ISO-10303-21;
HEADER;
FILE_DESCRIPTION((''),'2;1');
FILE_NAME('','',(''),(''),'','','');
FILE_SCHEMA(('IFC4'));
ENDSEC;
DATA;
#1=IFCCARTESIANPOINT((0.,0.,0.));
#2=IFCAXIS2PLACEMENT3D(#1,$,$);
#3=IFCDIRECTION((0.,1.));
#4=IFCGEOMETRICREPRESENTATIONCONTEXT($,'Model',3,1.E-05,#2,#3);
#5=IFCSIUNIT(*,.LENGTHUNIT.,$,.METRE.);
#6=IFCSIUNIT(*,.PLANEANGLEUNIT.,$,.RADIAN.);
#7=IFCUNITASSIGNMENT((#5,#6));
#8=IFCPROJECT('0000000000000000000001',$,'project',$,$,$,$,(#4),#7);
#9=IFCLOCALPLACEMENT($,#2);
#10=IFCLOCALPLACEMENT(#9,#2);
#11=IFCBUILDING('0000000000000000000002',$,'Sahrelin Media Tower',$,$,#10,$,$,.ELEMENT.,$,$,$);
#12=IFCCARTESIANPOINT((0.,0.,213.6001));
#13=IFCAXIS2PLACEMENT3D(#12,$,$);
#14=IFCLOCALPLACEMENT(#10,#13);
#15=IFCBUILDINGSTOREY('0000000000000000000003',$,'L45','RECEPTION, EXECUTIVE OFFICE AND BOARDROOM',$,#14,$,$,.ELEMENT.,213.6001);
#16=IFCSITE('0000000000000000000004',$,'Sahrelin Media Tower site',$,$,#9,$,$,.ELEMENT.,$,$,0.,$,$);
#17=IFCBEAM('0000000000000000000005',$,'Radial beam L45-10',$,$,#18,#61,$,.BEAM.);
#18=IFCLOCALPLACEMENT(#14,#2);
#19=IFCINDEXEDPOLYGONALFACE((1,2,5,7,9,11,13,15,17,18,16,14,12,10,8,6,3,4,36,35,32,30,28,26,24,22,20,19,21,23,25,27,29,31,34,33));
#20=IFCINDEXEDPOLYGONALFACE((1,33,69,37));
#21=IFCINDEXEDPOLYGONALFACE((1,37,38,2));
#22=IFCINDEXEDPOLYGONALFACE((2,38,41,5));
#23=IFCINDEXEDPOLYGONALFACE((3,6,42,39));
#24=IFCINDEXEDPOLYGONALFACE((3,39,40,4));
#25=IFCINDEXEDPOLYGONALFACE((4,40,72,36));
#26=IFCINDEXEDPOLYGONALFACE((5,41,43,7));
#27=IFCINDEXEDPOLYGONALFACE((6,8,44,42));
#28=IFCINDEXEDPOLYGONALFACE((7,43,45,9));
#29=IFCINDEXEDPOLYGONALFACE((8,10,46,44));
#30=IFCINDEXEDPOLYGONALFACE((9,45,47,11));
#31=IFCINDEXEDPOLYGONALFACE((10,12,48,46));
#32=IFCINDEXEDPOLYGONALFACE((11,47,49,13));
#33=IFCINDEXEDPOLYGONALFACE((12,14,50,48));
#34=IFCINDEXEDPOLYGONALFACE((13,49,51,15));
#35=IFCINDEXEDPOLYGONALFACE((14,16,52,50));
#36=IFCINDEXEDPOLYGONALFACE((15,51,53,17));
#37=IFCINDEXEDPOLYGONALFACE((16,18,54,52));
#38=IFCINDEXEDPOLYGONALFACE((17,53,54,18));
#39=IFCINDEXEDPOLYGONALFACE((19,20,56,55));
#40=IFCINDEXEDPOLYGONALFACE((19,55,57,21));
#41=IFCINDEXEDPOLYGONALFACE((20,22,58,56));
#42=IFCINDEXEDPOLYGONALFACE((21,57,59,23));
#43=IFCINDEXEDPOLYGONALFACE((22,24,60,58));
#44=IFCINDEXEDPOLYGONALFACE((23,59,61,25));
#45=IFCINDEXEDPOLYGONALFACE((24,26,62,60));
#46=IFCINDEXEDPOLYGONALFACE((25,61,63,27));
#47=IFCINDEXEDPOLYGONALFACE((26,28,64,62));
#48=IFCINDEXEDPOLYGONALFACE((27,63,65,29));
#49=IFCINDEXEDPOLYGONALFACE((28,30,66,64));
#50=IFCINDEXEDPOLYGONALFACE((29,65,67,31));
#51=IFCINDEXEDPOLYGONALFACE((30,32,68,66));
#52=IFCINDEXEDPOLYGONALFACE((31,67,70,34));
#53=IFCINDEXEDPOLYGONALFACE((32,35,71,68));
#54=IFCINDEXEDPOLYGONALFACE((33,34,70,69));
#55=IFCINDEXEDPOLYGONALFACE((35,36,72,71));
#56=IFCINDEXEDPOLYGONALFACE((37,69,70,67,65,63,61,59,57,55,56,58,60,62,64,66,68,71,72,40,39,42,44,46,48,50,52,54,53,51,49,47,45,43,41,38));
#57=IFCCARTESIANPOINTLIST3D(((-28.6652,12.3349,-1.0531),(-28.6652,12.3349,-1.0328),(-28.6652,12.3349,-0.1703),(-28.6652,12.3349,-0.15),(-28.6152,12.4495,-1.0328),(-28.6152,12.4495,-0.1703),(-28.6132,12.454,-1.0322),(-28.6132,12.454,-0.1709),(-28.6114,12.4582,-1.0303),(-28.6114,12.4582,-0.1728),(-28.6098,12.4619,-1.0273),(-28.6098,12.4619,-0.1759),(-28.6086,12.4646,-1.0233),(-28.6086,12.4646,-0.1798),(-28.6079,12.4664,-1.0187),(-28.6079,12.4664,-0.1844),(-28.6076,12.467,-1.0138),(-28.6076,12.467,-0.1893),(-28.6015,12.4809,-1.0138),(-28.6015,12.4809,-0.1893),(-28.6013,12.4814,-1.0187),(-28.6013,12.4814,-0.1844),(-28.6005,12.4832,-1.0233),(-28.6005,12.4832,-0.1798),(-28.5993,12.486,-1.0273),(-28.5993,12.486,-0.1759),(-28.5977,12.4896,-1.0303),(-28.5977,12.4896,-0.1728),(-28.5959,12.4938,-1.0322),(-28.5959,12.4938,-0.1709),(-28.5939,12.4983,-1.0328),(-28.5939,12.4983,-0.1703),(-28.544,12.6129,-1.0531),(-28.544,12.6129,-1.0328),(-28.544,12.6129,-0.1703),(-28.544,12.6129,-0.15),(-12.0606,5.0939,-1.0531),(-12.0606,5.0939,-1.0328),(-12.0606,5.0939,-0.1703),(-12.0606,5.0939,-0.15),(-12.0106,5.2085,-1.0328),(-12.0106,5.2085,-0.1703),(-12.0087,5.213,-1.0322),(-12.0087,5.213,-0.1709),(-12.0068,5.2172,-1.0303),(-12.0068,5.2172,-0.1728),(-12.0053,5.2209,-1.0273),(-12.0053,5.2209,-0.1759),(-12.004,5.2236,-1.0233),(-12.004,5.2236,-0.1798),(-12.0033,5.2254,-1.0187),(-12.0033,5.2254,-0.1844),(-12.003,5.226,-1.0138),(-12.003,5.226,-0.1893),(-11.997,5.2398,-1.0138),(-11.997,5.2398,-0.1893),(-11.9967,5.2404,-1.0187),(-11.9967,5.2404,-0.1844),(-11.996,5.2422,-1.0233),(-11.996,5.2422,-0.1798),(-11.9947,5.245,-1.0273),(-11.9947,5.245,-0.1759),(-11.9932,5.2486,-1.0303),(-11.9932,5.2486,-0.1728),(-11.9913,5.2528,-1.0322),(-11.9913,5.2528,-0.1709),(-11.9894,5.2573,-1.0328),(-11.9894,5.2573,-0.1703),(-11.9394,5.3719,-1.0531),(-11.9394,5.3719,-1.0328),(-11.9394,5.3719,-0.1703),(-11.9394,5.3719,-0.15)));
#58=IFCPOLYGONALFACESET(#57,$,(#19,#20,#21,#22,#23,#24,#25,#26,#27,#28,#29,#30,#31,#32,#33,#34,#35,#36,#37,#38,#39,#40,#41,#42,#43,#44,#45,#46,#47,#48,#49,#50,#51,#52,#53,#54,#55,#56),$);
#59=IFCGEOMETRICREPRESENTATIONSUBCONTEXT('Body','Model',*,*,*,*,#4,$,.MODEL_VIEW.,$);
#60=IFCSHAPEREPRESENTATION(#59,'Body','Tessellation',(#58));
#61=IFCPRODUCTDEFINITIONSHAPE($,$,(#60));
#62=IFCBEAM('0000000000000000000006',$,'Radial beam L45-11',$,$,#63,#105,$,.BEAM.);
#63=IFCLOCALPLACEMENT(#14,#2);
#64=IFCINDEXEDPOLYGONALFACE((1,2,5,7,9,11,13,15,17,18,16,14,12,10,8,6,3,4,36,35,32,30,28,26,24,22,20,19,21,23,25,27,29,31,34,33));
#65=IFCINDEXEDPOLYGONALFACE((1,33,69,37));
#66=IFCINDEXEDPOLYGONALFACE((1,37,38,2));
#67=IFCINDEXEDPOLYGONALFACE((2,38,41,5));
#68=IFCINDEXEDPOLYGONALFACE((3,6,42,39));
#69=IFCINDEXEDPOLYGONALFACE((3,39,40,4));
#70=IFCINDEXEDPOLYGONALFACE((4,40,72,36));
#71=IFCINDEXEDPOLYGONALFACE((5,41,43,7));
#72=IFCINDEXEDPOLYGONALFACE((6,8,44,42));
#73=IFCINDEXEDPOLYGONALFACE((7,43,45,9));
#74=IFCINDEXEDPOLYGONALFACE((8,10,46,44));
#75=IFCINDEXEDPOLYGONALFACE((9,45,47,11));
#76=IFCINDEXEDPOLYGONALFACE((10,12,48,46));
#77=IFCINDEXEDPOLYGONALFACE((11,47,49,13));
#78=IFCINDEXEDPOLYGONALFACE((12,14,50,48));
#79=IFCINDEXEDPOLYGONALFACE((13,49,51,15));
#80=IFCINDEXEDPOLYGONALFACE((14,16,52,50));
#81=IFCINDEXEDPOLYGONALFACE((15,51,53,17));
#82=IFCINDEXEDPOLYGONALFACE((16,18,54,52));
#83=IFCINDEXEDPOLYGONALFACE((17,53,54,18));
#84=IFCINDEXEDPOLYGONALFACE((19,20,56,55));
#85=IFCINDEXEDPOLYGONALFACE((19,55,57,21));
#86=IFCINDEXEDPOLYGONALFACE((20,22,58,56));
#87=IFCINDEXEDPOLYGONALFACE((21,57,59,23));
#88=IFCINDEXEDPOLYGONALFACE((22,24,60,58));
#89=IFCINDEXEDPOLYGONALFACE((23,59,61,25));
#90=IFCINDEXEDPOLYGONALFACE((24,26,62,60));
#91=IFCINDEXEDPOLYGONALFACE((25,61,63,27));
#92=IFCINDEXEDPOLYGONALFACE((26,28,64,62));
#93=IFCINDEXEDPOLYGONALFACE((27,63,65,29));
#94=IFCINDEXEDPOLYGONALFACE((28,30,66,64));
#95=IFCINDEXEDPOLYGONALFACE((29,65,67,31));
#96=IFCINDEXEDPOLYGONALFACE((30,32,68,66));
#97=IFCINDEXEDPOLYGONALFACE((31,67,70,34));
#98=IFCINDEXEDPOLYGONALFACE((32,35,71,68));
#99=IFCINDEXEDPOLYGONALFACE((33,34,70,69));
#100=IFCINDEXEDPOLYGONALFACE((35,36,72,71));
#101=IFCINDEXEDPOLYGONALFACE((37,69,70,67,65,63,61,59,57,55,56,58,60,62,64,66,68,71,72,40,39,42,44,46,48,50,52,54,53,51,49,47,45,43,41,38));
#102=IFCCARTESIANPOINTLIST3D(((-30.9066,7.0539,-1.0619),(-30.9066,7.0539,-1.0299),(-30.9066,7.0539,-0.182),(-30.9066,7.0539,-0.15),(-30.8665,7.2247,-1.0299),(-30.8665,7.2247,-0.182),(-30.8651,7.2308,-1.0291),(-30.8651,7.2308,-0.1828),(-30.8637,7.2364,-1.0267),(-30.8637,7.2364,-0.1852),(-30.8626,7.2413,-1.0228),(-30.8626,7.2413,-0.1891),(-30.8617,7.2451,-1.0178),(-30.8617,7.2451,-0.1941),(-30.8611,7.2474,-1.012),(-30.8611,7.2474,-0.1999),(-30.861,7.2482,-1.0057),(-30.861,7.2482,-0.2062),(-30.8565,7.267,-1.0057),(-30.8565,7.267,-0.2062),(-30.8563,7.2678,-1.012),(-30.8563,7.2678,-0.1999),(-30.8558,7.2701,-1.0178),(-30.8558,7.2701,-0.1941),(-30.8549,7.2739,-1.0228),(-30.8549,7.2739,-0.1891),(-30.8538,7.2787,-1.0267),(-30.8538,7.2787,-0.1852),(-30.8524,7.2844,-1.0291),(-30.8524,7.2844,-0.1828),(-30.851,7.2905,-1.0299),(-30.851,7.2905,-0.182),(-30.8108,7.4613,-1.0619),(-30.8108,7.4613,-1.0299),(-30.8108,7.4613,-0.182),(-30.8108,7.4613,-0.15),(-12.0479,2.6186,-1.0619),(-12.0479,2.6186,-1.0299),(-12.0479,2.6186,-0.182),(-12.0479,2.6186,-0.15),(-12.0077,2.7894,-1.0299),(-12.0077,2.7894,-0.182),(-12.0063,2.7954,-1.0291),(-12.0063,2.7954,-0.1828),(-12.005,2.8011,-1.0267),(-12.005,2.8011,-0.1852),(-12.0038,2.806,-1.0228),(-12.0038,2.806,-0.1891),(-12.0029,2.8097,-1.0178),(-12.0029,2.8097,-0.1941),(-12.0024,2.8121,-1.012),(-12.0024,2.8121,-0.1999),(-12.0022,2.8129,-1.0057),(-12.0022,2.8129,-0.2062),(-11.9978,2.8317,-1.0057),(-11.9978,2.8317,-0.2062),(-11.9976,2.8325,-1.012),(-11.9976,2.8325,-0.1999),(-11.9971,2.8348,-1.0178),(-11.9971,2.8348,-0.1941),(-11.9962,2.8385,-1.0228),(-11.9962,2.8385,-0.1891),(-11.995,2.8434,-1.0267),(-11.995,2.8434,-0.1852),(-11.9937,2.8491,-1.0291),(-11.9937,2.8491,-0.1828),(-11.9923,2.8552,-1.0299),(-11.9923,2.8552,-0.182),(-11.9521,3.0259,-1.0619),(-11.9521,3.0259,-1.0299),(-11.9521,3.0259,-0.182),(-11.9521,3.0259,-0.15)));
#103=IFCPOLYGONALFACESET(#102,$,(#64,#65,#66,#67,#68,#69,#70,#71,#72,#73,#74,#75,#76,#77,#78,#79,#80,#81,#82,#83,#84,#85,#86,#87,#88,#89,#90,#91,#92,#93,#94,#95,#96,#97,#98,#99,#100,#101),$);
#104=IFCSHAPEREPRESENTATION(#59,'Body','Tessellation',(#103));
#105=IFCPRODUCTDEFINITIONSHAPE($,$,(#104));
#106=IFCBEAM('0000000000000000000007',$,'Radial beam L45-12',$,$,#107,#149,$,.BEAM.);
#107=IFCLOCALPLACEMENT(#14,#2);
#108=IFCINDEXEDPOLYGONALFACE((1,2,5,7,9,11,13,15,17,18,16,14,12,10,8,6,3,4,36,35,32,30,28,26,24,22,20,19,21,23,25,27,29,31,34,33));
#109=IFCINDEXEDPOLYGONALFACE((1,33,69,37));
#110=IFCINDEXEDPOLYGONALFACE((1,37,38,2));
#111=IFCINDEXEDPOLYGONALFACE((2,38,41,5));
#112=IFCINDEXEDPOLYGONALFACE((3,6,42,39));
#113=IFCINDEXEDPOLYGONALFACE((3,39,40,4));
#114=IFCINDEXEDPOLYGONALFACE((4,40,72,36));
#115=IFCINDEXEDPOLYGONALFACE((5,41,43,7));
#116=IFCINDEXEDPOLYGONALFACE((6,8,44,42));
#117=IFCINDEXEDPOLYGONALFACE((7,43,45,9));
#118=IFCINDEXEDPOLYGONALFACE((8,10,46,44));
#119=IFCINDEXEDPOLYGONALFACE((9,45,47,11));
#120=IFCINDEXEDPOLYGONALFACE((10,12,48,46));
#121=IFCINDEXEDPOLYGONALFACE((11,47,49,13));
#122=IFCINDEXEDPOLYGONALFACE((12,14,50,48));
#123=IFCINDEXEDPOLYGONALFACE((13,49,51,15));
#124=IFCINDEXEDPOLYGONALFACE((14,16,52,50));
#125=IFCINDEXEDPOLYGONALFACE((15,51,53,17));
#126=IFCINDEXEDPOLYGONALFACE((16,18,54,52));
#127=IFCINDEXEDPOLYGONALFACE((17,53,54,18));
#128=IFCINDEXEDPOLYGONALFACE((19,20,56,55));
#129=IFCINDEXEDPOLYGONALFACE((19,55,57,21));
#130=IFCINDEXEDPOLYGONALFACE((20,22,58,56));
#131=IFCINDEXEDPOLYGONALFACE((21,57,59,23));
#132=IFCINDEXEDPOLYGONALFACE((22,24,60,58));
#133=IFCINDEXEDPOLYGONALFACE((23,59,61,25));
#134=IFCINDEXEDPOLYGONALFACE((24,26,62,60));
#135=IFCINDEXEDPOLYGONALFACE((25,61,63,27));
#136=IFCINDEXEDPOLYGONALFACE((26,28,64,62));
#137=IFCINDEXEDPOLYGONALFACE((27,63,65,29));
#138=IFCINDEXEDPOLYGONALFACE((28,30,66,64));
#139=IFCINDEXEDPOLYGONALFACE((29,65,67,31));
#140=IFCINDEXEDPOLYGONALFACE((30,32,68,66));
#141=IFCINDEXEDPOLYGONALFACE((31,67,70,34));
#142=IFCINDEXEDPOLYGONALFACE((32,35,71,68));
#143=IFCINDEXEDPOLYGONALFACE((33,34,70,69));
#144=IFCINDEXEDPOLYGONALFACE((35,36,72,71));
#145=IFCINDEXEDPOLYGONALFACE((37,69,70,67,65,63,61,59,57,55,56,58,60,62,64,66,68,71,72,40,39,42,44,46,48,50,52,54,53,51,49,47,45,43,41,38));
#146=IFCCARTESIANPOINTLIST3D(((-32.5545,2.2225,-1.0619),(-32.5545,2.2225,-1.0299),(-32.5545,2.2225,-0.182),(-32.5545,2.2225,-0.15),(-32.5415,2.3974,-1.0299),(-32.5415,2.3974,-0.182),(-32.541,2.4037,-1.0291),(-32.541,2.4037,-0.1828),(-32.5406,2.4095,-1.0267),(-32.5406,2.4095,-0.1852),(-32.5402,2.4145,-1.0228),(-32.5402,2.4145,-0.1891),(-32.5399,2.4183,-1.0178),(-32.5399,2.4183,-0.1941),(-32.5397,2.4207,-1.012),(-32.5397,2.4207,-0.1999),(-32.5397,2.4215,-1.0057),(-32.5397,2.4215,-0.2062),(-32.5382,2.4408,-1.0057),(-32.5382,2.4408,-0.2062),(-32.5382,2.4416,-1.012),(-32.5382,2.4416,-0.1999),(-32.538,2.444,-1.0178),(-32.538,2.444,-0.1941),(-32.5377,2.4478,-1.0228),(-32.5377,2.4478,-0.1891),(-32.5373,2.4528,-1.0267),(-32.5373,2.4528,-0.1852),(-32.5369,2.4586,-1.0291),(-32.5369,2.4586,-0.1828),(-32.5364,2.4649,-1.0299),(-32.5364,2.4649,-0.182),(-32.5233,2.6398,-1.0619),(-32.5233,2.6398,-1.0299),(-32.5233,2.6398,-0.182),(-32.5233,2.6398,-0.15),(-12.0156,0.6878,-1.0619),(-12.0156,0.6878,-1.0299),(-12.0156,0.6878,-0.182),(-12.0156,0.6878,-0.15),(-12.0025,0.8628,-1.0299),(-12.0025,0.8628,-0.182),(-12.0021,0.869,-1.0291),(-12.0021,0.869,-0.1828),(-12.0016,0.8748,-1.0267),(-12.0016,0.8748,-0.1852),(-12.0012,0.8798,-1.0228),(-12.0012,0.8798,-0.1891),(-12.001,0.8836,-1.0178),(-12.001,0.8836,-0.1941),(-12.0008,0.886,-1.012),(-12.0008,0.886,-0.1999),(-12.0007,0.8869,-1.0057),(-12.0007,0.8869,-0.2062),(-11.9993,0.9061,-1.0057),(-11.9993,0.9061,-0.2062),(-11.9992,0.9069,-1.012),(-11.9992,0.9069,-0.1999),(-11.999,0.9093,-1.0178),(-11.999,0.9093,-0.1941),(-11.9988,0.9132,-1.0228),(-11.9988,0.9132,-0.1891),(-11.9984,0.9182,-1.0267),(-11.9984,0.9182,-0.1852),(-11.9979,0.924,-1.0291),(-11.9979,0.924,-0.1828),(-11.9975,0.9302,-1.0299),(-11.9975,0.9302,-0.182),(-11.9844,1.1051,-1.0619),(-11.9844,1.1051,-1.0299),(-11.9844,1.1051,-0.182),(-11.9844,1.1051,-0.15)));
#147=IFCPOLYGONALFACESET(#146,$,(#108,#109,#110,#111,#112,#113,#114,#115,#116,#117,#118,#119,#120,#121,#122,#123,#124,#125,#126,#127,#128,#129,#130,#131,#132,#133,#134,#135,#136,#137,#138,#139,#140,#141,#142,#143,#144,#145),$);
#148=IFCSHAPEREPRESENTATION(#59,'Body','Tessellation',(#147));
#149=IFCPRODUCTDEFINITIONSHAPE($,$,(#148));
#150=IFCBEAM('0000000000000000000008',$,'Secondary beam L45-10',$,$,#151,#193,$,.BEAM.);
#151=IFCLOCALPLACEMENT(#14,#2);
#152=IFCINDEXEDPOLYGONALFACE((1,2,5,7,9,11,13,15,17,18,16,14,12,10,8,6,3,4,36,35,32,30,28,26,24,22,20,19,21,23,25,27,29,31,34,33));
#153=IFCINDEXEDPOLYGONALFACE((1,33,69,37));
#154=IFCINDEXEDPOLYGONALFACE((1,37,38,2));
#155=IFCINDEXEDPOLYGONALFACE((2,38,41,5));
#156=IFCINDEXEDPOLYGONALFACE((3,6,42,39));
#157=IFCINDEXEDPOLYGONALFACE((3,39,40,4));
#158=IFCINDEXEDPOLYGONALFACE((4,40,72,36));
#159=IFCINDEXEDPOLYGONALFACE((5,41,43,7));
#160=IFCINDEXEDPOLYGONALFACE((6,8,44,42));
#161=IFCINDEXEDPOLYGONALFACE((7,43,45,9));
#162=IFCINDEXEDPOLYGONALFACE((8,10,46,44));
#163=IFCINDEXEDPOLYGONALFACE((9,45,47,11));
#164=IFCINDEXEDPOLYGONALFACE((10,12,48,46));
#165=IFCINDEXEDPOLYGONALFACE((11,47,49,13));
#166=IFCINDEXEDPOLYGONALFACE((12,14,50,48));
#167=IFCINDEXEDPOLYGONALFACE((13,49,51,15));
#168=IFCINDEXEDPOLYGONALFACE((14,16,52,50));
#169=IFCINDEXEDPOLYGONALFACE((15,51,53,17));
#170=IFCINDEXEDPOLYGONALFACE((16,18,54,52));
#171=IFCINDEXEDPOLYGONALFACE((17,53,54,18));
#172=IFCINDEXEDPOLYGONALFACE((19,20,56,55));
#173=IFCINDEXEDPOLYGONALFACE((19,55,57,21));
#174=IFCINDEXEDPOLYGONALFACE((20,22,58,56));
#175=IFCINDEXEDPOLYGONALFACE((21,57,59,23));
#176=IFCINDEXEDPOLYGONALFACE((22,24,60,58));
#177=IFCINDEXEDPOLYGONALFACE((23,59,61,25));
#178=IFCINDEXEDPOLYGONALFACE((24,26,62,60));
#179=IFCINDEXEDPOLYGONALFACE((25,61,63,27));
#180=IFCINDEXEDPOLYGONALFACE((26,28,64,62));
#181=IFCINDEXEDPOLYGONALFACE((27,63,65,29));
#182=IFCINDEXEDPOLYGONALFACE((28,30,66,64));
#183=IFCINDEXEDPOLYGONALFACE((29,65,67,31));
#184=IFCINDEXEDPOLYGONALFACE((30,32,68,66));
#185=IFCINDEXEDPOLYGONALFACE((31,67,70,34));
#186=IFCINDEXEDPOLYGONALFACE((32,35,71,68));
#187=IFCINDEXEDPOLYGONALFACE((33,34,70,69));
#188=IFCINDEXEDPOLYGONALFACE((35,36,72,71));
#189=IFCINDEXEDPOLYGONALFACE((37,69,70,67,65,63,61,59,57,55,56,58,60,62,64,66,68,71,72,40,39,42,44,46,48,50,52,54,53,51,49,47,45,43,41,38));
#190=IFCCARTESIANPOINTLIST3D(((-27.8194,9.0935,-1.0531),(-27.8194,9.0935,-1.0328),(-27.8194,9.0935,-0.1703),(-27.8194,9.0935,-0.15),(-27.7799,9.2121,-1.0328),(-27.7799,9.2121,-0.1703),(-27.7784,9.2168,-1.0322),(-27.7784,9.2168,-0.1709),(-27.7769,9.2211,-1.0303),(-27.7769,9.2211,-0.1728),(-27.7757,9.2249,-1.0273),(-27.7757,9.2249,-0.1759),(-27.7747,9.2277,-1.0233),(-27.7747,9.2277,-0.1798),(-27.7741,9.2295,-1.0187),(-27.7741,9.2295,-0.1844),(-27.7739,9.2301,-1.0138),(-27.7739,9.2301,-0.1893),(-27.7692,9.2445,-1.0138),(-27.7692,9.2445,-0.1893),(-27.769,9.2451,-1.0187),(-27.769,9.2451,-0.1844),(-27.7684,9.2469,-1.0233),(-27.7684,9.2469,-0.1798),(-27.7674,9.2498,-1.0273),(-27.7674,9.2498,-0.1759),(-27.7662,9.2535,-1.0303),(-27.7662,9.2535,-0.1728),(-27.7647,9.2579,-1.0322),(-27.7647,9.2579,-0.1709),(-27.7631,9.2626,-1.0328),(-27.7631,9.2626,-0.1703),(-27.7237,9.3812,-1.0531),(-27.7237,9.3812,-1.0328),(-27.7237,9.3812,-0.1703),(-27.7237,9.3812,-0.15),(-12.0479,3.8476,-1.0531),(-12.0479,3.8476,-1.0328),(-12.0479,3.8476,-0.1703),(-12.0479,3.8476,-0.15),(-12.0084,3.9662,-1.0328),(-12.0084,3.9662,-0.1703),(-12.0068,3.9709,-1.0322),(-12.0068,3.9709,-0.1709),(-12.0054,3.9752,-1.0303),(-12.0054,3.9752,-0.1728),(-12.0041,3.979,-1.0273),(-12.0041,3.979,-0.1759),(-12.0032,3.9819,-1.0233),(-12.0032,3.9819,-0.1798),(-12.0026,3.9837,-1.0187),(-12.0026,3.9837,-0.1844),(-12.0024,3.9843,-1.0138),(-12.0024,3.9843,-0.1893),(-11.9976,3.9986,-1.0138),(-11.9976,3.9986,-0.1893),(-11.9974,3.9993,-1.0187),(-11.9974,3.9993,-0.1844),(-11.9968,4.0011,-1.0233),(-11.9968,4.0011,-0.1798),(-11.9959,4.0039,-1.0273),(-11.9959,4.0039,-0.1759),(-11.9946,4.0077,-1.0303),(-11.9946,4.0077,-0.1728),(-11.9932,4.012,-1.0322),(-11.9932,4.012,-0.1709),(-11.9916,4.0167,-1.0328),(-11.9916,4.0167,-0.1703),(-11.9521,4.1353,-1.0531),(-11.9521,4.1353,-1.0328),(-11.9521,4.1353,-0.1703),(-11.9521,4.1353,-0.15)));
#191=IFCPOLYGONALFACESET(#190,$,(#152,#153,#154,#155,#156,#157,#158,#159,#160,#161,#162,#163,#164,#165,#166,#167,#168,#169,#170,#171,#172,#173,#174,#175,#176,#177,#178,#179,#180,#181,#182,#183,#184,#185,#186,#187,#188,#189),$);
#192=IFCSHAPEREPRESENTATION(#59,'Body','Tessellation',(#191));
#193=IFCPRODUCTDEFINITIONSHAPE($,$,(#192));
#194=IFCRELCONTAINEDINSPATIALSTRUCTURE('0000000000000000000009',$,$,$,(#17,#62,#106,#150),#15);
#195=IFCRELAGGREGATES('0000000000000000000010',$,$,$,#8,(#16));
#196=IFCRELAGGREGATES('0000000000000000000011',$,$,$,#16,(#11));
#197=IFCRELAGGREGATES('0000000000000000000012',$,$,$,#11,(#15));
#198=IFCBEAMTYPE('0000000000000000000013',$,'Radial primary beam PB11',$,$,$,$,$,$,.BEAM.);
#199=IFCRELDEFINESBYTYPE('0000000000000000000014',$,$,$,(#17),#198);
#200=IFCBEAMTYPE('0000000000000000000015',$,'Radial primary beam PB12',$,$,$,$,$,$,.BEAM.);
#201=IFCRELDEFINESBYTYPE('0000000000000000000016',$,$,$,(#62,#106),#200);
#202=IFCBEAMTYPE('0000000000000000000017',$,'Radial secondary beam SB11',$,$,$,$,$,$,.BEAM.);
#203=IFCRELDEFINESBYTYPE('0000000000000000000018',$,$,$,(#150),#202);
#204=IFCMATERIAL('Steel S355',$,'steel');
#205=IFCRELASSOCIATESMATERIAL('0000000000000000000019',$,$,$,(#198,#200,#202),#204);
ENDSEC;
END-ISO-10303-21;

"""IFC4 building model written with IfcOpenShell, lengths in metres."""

from ifc_helpers import new_model, si_unit, direction, frame, origin, origin_2d, place, context, subcontext, project, spatial, i_section, extrude, material, material_profile, profile_set, type_object, element, save


model = new_model("IFC4")

# Units and contexts
model_context = context("Model", 3, precision=1e-05, world=origin(), true_north=direction((0.0, 1.0)))
body_context = subcontext(model_context, "Body", "Model", "MODEL_VIEW")
ifc_project = project(units=[si_unit("LENGTHUNIT", "METRE"), si_unit("PLANEANGLEUNIT", "RADIAN")], contexts=[model_context])

# Site, building, storey
site_placement = place(None, origin())
site = spatial("IfcSite", under=ifc_project, at=site_placement, Name="Sahrelin Media Tower site", CompositionType="ELEMENT", RefElevation=0.0)
building_placement = place(site_placement, origin())
building = spatial("IfcBuilding", under=site, at=building_placement, Name="Sahrelin Media Tower", CompositionType="ELEMENT")
storey_placement = place(building_placement, frame((0.0, 0.0, 213.6001)))
storey = spatial("IfcBuildingStorey", under=building, at=storey_placement, Name="L45", Description="RECEPTION, EXECUTIVE OFFICE AND BOARDROOM", CompositionType="ELEMENT", Elevation=213.6001)

# Beams
ifc_material_1 = material(Name="Steel S355", Category="steel")
ifc_material_profile_1 = material_profile(ifc_material_1, i_section(OverallWidth=0.3032, OverallDepth=0.9031, WebThickness=0.0151, FlangeThickness=0.0203, FilletRadius=0.019, at=origin_2d()), Name="UB 914x305x201")
ifc_profile_set_1 = profile_set([ifc_material_profile_1], Name="Steel S355")
beam_type_1 = type_object("IfcBeamType", Name="Radial primary beam PB11", PredefinedType="BEAM", material=ifc_profile_set_1)
beam_1_placement = place(storey_placement, frame((-12.0, 5.2329, -0.6016), z_axis=(-0.916633, 0.39973, 0.0), x_axis=(-0.39973, -0.916633, 0.0)))
element("IfcBeam", 1, at=beam_1_placement, inside=storey, type_object=beam_type_1, Name="Radial beam L45-10", PredefinedType="BEAM", context=body_context, shape_type="SweptSolid", body=[
    extrude(i_section(OverallWidth=0.3032, OverallDepth=0.9031, WebThickness=0.0151, FlangeThickness=0.0203, FilletRadius=0.019, at=origin_2d()), origin(), (0.0, 0.0, 1.0), 18.1147),
])
ifc_material_profile_2 = material_profile(ifc_material_1, i_section(OverallWidth=0.4185, OverallDepth=0.9119, WebThickness=0.0193, FlangeThickness=0.032, FilletRadius=0.0242, at=origin_2d()), Name="UB 914x419x343")
ifc_profile_set_2 = profile_set([ifc_material_profile_2], Name="Steel S355")
beam_type_2 = type_object("IfcBeamType", Name="Radial primary beam PB12", PredefinedType="BEAM", material=ifc_profile_set_2)
beam_2_placement = place(storey_placement, frame((-12.0, 2.8223, -0.606), z_axis=(-0.97344, 0.22894, 0.0), x_axis=(-0.22894, -0.97344, 0.0)))
element("IfcBeam", 2, at=beam_2_placement, inside=storey, type_object=beam_type_2, Name="Radial beam L45-11", PredefinedType="BEAM", context=body_context, shape_type="SweptSolid", body=[
    extrude(i_section(OverallWidth=0.4185, OverallDepth=0.9119, WebThickness=0.0193, FlangeThickness=0.032, FilletRadius=0.0242, at=origin_2d()), origin(), (0.0, 0.0, 1.0), 19.3733),
])
beam_3_placement = place(storey_placement, frame((-12.0, 0.8965, -0.606), z_axis=(-0.99722, 0.074513, 0.0), x_axis=(-0.074513, -0.99722, 0.0)))
element("IfcBeam", 3, at=beam_3_placement, inside=storey, type_object=beam_type_2, Name="Radial beam L45-12", PredefinedType="BEAM", context=body_context, shape_type="SweptSolid", body=[
    extrude(i_section(OverallWidth=0.4185, OverallDepth=0.9119, WebThickness=0.0193, FlangeThickness=0.032, FilletRadius=0.0242, at=origin_2d()), origin(), (0.0, 0.0, 1.0), 20.5962),
])
ifc_material_profile_3 = material_profile(ifc_material_1, i_section(OverallWidth=0.3032, OverallDepth=0.9031, WebThickness=0.0151, FlangeThickness=0.0203, FilletRadius=0.019, at=origin_2d()), Name="UB 914x305x201")
ifc_profile_set_3 = profile_set([ifc_material_profile_3], Name="Steel S355")
beam_type_3 = type_object("IfcBeamType", Name="Radial secondary beam SB11", PredefinedType="BEAM", material=ifc_profile_set_3)
beam_4_placement = place(storey_placement, frame((-12.0, 3.9915, -0.6016), z_axis=(-0.948887, 0.315615, 0.0), x_axis=(-0.315615, -0.948887, 0.0)))
element("IfcBeam", 4, at=beam_4_placement, inside=storey, type_object=beam_type_3, Name="Secondary beam L45-10", PredefinedType="BEAM", context=body_context, shape_type="SweptSolid", body=[
    extrude(i_section(OverallWidth=0.3032, OverallDepth=0.9031, WebThickness=0.0151, FlangeThickness=0.0203, FilletRadius=0.019, at=origin_2d()), origin(), (0.0, 0.0, 1.0), 16.6211),
])

save(model, "model.ifc")
